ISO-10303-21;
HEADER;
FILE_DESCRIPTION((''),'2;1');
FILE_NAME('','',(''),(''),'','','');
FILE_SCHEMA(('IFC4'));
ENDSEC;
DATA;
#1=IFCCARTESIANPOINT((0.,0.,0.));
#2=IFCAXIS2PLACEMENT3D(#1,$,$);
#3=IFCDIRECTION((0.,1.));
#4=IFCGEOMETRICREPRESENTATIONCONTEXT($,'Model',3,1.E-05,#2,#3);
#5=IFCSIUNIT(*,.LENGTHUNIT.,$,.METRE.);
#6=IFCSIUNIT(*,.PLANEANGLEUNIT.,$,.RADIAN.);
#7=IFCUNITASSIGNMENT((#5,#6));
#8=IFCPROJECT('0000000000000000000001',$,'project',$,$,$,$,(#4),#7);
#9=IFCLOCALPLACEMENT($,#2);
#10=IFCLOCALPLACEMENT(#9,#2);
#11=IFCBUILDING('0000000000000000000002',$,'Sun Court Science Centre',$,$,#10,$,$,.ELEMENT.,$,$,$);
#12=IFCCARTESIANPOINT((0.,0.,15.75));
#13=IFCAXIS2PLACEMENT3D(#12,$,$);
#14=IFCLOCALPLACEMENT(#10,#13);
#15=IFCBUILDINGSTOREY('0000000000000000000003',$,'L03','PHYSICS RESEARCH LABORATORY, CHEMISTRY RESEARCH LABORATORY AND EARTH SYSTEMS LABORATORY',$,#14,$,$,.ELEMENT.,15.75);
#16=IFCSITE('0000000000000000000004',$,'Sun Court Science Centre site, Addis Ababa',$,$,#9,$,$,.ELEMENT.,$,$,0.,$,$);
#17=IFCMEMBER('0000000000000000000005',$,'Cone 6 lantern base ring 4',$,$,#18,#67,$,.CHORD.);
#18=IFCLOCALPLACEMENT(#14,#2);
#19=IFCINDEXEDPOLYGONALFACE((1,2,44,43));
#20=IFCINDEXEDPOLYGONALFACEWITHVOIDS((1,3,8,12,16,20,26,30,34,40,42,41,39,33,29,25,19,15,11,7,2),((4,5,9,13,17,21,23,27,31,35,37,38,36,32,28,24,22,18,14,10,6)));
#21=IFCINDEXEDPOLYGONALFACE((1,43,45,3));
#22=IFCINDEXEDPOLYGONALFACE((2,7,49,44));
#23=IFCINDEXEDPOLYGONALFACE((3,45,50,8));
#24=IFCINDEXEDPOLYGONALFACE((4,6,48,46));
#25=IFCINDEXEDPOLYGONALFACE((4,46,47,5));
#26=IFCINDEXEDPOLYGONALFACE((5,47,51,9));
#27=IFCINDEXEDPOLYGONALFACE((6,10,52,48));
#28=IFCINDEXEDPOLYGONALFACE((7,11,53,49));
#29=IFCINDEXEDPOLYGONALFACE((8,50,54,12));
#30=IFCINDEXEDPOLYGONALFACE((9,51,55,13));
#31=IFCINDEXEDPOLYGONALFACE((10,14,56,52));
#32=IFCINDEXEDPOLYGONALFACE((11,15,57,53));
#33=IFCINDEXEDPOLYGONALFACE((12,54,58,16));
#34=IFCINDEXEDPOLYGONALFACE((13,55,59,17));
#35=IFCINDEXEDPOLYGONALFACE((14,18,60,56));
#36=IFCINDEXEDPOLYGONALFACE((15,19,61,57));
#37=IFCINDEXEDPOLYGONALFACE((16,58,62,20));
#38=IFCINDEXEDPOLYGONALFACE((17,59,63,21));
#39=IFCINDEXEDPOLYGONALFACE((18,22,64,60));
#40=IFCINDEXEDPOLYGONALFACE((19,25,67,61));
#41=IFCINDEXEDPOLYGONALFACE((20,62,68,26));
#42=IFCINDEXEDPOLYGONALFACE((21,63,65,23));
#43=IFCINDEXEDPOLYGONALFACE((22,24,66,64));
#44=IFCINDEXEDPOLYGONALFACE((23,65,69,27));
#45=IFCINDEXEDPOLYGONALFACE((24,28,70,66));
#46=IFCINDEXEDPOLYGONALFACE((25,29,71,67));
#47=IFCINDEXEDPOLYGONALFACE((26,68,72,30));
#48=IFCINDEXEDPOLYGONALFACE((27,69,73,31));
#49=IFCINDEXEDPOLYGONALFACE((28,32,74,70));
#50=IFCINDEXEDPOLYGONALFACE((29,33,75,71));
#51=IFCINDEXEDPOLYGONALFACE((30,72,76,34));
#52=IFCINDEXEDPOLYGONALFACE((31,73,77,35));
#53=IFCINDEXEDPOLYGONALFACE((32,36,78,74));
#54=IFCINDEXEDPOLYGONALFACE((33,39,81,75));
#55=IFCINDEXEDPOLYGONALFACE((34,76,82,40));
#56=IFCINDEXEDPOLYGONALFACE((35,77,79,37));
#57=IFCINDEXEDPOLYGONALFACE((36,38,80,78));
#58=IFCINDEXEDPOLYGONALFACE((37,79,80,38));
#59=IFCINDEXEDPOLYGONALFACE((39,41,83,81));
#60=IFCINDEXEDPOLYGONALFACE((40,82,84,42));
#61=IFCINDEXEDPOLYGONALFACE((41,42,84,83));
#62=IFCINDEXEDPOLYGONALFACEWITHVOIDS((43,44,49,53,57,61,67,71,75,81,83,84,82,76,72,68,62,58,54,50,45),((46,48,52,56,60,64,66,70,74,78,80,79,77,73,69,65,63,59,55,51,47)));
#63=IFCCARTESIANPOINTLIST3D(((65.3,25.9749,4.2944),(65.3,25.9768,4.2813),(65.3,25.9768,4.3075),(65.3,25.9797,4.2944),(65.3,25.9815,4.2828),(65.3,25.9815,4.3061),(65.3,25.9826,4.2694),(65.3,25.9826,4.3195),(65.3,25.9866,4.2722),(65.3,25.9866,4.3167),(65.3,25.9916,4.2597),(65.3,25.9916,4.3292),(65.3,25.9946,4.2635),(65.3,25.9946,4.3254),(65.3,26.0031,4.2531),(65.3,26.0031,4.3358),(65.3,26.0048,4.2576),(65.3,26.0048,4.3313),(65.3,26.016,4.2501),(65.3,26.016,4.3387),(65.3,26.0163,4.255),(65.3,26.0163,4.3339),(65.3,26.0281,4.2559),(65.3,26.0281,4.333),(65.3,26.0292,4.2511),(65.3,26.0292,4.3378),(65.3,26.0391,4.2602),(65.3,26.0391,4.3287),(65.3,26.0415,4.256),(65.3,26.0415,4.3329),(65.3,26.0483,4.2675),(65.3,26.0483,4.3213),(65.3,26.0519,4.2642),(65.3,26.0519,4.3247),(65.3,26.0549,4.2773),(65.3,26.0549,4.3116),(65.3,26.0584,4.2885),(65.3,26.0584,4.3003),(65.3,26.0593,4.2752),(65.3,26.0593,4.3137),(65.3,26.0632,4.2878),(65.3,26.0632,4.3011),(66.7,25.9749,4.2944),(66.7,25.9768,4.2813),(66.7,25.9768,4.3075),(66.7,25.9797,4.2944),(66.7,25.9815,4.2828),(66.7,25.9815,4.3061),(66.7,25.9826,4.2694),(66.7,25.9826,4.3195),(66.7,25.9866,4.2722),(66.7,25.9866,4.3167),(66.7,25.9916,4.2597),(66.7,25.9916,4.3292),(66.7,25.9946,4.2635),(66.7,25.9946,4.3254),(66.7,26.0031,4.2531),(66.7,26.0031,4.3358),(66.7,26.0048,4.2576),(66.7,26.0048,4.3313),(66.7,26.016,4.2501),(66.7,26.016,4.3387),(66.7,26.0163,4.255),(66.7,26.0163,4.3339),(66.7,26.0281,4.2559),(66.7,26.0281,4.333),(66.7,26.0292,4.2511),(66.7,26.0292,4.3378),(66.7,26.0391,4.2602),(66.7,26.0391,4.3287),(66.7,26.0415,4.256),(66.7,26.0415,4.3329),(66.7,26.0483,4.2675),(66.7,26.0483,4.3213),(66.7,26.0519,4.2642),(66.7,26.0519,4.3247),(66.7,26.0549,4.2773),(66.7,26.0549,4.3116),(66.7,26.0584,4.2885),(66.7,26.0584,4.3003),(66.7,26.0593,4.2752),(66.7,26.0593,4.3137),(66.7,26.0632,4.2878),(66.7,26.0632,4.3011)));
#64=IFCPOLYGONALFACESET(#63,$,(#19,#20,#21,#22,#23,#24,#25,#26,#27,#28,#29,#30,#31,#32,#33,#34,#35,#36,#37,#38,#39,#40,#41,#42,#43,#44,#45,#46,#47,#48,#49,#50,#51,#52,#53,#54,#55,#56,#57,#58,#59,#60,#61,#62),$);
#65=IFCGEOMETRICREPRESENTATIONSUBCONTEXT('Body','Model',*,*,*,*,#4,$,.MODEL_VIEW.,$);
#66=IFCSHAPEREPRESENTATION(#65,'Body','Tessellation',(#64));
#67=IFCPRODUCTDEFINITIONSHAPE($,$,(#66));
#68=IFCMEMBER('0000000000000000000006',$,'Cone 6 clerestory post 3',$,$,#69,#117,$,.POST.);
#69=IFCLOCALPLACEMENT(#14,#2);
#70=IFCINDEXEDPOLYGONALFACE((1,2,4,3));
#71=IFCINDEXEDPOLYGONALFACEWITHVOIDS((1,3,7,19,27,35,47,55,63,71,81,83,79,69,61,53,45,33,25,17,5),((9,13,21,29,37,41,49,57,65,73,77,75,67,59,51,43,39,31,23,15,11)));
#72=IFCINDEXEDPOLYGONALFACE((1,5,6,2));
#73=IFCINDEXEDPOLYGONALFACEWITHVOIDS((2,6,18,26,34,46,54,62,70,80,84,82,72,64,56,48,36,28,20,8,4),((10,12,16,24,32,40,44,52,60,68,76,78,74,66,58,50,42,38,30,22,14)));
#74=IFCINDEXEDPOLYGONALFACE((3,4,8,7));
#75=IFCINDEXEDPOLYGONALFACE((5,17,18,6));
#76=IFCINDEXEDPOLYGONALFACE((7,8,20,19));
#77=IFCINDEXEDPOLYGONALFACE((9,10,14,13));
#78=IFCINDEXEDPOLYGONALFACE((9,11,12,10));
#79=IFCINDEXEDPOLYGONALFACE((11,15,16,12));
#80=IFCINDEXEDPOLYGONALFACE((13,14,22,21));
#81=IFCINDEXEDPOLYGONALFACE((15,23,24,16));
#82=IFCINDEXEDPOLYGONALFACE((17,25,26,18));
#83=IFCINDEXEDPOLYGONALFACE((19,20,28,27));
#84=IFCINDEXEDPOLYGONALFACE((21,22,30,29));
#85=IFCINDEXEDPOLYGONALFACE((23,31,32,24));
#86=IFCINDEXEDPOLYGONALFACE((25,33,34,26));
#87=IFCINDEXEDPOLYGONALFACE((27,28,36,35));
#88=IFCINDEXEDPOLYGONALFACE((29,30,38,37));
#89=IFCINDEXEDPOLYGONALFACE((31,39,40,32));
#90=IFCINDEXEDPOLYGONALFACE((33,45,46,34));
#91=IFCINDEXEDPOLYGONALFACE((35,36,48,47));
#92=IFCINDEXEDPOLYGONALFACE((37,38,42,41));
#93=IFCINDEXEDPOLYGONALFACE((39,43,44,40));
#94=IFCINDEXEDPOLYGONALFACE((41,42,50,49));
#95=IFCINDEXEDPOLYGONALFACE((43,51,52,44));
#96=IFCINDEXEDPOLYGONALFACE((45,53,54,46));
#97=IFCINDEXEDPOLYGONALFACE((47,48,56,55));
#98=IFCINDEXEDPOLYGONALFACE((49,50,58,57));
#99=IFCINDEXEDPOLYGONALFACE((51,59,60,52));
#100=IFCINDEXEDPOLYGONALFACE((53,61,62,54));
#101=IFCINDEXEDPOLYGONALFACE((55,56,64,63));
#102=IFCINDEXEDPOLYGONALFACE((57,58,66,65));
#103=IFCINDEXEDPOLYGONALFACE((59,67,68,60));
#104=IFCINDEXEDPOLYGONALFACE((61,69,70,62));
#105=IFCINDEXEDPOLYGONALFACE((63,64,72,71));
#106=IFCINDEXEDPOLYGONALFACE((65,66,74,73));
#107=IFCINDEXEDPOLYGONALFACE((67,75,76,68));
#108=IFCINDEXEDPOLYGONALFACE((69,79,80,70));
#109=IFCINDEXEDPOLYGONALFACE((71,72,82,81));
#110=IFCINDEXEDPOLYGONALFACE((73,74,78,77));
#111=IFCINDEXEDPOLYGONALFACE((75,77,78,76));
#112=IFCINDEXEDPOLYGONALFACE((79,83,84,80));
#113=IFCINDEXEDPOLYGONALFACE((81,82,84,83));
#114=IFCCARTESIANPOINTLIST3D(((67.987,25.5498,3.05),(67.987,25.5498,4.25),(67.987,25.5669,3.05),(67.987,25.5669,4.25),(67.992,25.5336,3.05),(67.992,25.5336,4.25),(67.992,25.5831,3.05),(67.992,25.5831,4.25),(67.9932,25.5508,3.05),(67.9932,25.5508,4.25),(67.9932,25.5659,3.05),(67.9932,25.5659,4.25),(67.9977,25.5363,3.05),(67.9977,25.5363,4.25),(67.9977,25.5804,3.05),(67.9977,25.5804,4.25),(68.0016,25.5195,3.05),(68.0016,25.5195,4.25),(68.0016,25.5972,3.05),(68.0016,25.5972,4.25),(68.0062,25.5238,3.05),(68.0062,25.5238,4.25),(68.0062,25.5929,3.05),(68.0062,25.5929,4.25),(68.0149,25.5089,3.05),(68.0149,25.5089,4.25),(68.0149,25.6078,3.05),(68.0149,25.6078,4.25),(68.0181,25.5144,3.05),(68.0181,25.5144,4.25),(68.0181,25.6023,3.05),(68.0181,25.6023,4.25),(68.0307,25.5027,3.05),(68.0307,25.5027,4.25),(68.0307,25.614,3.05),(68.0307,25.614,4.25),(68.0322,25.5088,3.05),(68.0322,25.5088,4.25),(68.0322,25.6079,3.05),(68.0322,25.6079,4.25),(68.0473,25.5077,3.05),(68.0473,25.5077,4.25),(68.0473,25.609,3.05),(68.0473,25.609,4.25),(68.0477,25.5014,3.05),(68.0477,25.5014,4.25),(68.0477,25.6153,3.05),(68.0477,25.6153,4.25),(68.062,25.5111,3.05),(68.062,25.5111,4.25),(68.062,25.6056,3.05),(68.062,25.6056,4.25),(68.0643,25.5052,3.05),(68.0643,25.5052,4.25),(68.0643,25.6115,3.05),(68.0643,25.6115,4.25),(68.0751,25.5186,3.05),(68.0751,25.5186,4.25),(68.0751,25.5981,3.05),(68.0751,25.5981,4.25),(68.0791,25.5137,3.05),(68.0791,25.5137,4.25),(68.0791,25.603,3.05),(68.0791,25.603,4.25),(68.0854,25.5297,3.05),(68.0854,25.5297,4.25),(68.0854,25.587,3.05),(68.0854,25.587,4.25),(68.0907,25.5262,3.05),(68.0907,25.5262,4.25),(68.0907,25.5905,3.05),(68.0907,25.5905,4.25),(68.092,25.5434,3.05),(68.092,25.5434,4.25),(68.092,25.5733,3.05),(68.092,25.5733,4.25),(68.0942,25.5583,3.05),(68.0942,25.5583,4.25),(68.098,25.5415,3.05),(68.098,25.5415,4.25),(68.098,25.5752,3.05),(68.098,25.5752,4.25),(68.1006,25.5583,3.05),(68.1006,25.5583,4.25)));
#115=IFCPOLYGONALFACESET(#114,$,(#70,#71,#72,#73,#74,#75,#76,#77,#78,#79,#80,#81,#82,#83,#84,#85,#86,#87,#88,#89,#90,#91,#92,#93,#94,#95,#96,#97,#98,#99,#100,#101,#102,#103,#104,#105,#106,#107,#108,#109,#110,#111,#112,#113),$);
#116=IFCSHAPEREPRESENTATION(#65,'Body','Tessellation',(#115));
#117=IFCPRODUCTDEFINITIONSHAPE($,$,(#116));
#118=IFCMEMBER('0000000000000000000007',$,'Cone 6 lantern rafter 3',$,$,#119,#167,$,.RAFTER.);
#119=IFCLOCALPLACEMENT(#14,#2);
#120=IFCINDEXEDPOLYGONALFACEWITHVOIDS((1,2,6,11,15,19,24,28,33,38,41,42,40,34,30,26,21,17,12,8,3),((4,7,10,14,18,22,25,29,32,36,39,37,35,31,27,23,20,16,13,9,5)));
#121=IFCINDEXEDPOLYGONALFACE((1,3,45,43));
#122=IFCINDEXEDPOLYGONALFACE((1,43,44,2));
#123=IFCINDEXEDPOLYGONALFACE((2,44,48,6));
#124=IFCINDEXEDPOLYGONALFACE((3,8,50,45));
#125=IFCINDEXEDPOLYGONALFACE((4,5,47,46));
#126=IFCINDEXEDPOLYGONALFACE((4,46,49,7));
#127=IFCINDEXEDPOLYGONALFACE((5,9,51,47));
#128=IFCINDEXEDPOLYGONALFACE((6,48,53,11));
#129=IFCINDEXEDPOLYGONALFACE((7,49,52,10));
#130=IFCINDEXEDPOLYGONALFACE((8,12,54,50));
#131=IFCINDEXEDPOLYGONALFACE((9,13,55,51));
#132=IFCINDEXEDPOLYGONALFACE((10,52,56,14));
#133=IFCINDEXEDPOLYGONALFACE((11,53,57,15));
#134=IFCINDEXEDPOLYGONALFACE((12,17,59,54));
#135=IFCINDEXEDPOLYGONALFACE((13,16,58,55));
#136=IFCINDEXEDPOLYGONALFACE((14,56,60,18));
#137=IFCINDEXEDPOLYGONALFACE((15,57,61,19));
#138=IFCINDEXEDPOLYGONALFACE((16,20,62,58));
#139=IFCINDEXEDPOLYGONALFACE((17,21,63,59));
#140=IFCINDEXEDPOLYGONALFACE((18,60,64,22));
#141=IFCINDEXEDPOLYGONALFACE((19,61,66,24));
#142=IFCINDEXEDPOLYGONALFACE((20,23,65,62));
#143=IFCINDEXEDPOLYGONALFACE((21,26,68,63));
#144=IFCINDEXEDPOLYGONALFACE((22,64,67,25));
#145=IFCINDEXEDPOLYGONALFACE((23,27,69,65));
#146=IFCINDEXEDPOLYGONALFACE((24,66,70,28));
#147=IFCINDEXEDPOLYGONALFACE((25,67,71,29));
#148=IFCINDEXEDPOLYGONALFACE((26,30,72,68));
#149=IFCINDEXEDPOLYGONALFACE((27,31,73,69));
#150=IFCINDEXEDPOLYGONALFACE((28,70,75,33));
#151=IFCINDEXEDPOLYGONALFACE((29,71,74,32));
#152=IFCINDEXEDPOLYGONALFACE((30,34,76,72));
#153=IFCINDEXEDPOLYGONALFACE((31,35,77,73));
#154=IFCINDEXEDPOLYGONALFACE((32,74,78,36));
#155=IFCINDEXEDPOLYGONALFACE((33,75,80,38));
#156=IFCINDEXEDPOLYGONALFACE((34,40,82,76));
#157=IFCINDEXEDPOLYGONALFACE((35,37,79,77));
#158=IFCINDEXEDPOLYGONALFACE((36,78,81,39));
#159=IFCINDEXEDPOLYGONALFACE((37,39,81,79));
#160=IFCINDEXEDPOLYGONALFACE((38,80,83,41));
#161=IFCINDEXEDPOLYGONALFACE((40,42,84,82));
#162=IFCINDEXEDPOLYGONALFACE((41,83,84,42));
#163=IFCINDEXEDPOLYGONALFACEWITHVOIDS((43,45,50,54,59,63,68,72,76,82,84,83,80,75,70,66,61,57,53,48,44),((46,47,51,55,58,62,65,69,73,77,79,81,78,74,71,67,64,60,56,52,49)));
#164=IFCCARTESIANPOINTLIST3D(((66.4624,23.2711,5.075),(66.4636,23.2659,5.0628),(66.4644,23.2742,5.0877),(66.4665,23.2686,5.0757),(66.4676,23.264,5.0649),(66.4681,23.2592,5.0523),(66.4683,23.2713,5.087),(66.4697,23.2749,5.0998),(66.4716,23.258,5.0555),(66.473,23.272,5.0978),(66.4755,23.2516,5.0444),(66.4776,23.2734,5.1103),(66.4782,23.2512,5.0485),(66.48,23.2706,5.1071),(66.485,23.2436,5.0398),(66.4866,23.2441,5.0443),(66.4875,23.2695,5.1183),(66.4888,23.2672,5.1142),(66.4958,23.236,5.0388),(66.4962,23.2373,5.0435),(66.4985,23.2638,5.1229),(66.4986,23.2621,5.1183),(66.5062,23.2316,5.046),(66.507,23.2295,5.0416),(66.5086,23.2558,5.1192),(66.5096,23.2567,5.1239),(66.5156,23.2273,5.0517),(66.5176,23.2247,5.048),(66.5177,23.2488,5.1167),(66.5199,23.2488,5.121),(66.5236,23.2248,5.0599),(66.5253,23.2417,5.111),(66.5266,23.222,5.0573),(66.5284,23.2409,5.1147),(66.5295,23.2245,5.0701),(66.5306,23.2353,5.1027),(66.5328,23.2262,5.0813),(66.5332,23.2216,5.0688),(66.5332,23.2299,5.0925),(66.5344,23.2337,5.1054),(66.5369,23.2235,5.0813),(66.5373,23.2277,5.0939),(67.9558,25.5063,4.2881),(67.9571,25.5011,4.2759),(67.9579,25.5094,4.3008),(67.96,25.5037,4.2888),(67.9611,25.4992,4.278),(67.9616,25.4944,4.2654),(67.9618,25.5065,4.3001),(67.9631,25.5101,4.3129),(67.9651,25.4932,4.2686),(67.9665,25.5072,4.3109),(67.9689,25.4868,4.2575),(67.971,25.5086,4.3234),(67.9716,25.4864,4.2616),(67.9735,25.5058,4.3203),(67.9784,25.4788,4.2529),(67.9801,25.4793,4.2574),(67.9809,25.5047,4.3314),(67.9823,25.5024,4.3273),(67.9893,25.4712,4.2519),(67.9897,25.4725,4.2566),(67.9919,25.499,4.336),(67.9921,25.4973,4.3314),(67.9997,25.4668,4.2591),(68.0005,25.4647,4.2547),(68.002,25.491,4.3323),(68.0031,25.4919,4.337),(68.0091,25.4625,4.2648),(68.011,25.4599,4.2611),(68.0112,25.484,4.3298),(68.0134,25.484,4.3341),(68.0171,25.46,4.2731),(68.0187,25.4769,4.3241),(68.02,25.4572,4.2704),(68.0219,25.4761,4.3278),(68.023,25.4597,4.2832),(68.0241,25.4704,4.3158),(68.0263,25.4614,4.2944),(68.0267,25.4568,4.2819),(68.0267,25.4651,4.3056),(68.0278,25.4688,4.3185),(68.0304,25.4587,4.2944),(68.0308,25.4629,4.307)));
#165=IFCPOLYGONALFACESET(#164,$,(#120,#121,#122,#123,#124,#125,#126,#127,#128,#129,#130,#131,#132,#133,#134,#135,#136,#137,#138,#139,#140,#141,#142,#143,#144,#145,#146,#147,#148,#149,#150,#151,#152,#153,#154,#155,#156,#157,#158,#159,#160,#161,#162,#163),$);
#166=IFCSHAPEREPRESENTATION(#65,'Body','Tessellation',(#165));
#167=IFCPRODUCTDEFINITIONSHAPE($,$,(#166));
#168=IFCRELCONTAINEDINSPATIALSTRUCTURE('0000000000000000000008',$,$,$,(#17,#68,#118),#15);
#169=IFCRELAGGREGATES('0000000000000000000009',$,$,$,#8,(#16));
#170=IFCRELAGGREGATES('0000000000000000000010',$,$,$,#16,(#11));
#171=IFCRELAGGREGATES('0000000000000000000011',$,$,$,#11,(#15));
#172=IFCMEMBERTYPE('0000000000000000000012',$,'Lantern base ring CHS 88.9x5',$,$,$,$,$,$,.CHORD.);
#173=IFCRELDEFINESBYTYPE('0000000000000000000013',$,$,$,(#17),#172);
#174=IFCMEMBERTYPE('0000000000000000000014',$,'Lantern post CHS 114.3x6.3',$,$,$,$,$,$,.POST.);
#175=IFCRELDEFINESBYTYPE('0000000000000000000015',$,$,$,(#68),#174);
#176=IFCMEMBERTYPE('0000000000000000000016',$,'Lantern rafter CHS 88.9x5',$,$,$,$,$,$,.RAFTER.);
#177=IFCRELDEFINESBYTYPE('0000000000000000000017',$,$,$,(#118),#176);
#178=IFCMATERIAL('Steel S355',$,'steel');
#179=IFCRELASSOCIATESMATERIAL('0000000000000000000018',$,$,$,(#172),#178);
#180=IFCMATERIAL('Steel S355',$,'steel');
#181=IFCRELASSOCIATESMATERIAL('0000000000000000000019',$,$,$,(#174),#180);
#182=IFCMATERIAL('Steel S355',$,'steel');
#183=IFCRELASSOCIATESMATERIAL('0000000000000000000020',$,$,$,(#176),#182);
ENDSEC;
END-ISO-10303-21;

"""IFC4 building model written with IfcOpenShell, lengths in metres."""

from ifc_helpers import new_model, si_unit, direction, frame, origin, origin_2d, place, context, subcontext, project, spatial, hollow_circle, extrude, material, material_profile, profile_set, type_object, element, save


model = new_model("IFC4")

# Units and contexts
model_context = context("Model", 3, precision=1e-05, world=origin(), true_north=direction((0.0, 1.0)))
body_context = subcontext(model_context, "Body", "Model", "MODEL_VIEW")
ifc_project = project(units=[si_unit("LENGTHUNIT", "METRE"), si_unit("PLANEANGLEUNIT", "RADIAN")], contexts=[model_context])

# Site, building, storey
site_placement = place(None, origin())
site = spatial("IfcSite", under=ifc_project, at=site_placement, Name="Sun Court Science Centre site, Addis Ababa", CompositionType="ELEMENT", RefElevation=0.0)
building_placement = place(site_placement, origin())
building = spatial("IfcBuilding", under=site, at=building_placement, Name="Sun Court Science Centre", CompositionType="ELEMENT")
storey_placement = place(building_placement, frame((0.0, 0.0, 15.75)))
storey = spatial("IfcBuildingStorey", under=building, at=storey_placement, Name="L03", Description="PHYSICS RESEARCH LABORATORY, CHEMISTRY RESEARCH LABORATORY AND EARTH SYSTEMS LABORATORY", CompositionType="ELEMENT", Elevation=15.75)

# Members
ifc_material_1 = material(Name="Steel S355", Category="steel")
ifc_material_profile_1 = material_profile(ifc_material_1, hollow_circle(Radius=0.0444, WallThickness=0.0049, at=origin_2d()), Name="CHS 88.9x5")
ifc_profile_set_1 = profile_set([ifc_material_profile_1], Name="Steel S355")
member_type_1 = type_object("IfcMemberType", Name="Lantern base ring CHS 88.9x5", PredefinedType="CHORD", material=ifc_profile_set_1)
member_1_placement = place(storey_placement, frame((66.7, 26.0193, 4.2944), z_axis=(-1.0, 0.0, 0.0), x_axis=(0.0, -1.0, 0.0)))
element("IfcMember", 1, at=member_1_placement, inside=storey, type_object=member_type_1, Name="Cone 6 lantern base ring 4", PredefinedType="CHORD", context=body_context, shape_type="SweptSolid", body=[
    extrude(hollow_circle(Radius=0.0444, WallThickness=0.0049, at=origin_2d()), origin(), (0.0, 0.0, 1.0), 1.3999),
])
ifc_material_2 = material(Name="Steel S355", Category="steel")
ifc_material_profile_2 = material_profile(ifc_material_2, hollow_circle(Radius=0.0571, WallThickness=0.0063, at=origin_2d()), Name="CHS 114.3x6.3")
ifc_profile_set_2 = profile_set([ifc_material_profile_2], Name="Steel S355")
member_type_2 = type_object("IfcMemberType", Name="Lantern post CHS 114.3x6.3", PredefinedType="POST", material=ifc_profile_set_2)
member_2_placement = place(storey_placement, frame((68.0435, 25.5583, 3.05), z_axis=(0.0, 0.0, 1.0), x_axis=(1.0, 0.0, 0.0)))
element("IfcMember", 2, at=member_2_placement, inside=storey, type_object=member_type_2, Name="Cone 6 clerestory post 3", PredefinedType="POST", context=body_context, shape_type="SweptSolid", body=[
    extrude(hollow_circle(Radius=0.0571, WallThickness=0.0063, at=origin_2d()), origin(), (0.0, 0.0, 1.0), 1.2),
])
ifc_material_3 = material(Name="Steel S355", Category="steel")
ifc_material_profile_3 = material_profile(ifc_material_3, hollow_circle(Radius=0.0444, WallThickness=0.0049, at=origin_2d()), Name="CHS 88.9x5")
ifc_profile_set_3 = profile_set([ifc_material_profile_3], Name="Steel S355")
member_type_3 = type_object("IfcMemberType", Name="Lantern rafter CHS 88.9x5", PredefinedType="RAFTER", material=ifc_profile_set_3)
member_3_placement = place(storey_placement, frame((67.9934, 25.4834, 4.2944), z_axis=(-0.533186, -0.797992, 0.280931), x_axis=(0.831477, -0.555559, 0.0)))
element("IfcMember", 3, at=member_3_placement, inside=storey, type_object=member_type_3, Name="Cone 6 lantern rafter 3", PredefinedType="RAFTER", context=body_context, shape_type="SweptSolid", body=[
    extrude(hollow_circle(Radius=0.0444, WallThickness=0.0049, at=origin_2d()), origin(), (0.0, 0.0, 1.0), 2.801),
])

save(model, "model.ifc")
